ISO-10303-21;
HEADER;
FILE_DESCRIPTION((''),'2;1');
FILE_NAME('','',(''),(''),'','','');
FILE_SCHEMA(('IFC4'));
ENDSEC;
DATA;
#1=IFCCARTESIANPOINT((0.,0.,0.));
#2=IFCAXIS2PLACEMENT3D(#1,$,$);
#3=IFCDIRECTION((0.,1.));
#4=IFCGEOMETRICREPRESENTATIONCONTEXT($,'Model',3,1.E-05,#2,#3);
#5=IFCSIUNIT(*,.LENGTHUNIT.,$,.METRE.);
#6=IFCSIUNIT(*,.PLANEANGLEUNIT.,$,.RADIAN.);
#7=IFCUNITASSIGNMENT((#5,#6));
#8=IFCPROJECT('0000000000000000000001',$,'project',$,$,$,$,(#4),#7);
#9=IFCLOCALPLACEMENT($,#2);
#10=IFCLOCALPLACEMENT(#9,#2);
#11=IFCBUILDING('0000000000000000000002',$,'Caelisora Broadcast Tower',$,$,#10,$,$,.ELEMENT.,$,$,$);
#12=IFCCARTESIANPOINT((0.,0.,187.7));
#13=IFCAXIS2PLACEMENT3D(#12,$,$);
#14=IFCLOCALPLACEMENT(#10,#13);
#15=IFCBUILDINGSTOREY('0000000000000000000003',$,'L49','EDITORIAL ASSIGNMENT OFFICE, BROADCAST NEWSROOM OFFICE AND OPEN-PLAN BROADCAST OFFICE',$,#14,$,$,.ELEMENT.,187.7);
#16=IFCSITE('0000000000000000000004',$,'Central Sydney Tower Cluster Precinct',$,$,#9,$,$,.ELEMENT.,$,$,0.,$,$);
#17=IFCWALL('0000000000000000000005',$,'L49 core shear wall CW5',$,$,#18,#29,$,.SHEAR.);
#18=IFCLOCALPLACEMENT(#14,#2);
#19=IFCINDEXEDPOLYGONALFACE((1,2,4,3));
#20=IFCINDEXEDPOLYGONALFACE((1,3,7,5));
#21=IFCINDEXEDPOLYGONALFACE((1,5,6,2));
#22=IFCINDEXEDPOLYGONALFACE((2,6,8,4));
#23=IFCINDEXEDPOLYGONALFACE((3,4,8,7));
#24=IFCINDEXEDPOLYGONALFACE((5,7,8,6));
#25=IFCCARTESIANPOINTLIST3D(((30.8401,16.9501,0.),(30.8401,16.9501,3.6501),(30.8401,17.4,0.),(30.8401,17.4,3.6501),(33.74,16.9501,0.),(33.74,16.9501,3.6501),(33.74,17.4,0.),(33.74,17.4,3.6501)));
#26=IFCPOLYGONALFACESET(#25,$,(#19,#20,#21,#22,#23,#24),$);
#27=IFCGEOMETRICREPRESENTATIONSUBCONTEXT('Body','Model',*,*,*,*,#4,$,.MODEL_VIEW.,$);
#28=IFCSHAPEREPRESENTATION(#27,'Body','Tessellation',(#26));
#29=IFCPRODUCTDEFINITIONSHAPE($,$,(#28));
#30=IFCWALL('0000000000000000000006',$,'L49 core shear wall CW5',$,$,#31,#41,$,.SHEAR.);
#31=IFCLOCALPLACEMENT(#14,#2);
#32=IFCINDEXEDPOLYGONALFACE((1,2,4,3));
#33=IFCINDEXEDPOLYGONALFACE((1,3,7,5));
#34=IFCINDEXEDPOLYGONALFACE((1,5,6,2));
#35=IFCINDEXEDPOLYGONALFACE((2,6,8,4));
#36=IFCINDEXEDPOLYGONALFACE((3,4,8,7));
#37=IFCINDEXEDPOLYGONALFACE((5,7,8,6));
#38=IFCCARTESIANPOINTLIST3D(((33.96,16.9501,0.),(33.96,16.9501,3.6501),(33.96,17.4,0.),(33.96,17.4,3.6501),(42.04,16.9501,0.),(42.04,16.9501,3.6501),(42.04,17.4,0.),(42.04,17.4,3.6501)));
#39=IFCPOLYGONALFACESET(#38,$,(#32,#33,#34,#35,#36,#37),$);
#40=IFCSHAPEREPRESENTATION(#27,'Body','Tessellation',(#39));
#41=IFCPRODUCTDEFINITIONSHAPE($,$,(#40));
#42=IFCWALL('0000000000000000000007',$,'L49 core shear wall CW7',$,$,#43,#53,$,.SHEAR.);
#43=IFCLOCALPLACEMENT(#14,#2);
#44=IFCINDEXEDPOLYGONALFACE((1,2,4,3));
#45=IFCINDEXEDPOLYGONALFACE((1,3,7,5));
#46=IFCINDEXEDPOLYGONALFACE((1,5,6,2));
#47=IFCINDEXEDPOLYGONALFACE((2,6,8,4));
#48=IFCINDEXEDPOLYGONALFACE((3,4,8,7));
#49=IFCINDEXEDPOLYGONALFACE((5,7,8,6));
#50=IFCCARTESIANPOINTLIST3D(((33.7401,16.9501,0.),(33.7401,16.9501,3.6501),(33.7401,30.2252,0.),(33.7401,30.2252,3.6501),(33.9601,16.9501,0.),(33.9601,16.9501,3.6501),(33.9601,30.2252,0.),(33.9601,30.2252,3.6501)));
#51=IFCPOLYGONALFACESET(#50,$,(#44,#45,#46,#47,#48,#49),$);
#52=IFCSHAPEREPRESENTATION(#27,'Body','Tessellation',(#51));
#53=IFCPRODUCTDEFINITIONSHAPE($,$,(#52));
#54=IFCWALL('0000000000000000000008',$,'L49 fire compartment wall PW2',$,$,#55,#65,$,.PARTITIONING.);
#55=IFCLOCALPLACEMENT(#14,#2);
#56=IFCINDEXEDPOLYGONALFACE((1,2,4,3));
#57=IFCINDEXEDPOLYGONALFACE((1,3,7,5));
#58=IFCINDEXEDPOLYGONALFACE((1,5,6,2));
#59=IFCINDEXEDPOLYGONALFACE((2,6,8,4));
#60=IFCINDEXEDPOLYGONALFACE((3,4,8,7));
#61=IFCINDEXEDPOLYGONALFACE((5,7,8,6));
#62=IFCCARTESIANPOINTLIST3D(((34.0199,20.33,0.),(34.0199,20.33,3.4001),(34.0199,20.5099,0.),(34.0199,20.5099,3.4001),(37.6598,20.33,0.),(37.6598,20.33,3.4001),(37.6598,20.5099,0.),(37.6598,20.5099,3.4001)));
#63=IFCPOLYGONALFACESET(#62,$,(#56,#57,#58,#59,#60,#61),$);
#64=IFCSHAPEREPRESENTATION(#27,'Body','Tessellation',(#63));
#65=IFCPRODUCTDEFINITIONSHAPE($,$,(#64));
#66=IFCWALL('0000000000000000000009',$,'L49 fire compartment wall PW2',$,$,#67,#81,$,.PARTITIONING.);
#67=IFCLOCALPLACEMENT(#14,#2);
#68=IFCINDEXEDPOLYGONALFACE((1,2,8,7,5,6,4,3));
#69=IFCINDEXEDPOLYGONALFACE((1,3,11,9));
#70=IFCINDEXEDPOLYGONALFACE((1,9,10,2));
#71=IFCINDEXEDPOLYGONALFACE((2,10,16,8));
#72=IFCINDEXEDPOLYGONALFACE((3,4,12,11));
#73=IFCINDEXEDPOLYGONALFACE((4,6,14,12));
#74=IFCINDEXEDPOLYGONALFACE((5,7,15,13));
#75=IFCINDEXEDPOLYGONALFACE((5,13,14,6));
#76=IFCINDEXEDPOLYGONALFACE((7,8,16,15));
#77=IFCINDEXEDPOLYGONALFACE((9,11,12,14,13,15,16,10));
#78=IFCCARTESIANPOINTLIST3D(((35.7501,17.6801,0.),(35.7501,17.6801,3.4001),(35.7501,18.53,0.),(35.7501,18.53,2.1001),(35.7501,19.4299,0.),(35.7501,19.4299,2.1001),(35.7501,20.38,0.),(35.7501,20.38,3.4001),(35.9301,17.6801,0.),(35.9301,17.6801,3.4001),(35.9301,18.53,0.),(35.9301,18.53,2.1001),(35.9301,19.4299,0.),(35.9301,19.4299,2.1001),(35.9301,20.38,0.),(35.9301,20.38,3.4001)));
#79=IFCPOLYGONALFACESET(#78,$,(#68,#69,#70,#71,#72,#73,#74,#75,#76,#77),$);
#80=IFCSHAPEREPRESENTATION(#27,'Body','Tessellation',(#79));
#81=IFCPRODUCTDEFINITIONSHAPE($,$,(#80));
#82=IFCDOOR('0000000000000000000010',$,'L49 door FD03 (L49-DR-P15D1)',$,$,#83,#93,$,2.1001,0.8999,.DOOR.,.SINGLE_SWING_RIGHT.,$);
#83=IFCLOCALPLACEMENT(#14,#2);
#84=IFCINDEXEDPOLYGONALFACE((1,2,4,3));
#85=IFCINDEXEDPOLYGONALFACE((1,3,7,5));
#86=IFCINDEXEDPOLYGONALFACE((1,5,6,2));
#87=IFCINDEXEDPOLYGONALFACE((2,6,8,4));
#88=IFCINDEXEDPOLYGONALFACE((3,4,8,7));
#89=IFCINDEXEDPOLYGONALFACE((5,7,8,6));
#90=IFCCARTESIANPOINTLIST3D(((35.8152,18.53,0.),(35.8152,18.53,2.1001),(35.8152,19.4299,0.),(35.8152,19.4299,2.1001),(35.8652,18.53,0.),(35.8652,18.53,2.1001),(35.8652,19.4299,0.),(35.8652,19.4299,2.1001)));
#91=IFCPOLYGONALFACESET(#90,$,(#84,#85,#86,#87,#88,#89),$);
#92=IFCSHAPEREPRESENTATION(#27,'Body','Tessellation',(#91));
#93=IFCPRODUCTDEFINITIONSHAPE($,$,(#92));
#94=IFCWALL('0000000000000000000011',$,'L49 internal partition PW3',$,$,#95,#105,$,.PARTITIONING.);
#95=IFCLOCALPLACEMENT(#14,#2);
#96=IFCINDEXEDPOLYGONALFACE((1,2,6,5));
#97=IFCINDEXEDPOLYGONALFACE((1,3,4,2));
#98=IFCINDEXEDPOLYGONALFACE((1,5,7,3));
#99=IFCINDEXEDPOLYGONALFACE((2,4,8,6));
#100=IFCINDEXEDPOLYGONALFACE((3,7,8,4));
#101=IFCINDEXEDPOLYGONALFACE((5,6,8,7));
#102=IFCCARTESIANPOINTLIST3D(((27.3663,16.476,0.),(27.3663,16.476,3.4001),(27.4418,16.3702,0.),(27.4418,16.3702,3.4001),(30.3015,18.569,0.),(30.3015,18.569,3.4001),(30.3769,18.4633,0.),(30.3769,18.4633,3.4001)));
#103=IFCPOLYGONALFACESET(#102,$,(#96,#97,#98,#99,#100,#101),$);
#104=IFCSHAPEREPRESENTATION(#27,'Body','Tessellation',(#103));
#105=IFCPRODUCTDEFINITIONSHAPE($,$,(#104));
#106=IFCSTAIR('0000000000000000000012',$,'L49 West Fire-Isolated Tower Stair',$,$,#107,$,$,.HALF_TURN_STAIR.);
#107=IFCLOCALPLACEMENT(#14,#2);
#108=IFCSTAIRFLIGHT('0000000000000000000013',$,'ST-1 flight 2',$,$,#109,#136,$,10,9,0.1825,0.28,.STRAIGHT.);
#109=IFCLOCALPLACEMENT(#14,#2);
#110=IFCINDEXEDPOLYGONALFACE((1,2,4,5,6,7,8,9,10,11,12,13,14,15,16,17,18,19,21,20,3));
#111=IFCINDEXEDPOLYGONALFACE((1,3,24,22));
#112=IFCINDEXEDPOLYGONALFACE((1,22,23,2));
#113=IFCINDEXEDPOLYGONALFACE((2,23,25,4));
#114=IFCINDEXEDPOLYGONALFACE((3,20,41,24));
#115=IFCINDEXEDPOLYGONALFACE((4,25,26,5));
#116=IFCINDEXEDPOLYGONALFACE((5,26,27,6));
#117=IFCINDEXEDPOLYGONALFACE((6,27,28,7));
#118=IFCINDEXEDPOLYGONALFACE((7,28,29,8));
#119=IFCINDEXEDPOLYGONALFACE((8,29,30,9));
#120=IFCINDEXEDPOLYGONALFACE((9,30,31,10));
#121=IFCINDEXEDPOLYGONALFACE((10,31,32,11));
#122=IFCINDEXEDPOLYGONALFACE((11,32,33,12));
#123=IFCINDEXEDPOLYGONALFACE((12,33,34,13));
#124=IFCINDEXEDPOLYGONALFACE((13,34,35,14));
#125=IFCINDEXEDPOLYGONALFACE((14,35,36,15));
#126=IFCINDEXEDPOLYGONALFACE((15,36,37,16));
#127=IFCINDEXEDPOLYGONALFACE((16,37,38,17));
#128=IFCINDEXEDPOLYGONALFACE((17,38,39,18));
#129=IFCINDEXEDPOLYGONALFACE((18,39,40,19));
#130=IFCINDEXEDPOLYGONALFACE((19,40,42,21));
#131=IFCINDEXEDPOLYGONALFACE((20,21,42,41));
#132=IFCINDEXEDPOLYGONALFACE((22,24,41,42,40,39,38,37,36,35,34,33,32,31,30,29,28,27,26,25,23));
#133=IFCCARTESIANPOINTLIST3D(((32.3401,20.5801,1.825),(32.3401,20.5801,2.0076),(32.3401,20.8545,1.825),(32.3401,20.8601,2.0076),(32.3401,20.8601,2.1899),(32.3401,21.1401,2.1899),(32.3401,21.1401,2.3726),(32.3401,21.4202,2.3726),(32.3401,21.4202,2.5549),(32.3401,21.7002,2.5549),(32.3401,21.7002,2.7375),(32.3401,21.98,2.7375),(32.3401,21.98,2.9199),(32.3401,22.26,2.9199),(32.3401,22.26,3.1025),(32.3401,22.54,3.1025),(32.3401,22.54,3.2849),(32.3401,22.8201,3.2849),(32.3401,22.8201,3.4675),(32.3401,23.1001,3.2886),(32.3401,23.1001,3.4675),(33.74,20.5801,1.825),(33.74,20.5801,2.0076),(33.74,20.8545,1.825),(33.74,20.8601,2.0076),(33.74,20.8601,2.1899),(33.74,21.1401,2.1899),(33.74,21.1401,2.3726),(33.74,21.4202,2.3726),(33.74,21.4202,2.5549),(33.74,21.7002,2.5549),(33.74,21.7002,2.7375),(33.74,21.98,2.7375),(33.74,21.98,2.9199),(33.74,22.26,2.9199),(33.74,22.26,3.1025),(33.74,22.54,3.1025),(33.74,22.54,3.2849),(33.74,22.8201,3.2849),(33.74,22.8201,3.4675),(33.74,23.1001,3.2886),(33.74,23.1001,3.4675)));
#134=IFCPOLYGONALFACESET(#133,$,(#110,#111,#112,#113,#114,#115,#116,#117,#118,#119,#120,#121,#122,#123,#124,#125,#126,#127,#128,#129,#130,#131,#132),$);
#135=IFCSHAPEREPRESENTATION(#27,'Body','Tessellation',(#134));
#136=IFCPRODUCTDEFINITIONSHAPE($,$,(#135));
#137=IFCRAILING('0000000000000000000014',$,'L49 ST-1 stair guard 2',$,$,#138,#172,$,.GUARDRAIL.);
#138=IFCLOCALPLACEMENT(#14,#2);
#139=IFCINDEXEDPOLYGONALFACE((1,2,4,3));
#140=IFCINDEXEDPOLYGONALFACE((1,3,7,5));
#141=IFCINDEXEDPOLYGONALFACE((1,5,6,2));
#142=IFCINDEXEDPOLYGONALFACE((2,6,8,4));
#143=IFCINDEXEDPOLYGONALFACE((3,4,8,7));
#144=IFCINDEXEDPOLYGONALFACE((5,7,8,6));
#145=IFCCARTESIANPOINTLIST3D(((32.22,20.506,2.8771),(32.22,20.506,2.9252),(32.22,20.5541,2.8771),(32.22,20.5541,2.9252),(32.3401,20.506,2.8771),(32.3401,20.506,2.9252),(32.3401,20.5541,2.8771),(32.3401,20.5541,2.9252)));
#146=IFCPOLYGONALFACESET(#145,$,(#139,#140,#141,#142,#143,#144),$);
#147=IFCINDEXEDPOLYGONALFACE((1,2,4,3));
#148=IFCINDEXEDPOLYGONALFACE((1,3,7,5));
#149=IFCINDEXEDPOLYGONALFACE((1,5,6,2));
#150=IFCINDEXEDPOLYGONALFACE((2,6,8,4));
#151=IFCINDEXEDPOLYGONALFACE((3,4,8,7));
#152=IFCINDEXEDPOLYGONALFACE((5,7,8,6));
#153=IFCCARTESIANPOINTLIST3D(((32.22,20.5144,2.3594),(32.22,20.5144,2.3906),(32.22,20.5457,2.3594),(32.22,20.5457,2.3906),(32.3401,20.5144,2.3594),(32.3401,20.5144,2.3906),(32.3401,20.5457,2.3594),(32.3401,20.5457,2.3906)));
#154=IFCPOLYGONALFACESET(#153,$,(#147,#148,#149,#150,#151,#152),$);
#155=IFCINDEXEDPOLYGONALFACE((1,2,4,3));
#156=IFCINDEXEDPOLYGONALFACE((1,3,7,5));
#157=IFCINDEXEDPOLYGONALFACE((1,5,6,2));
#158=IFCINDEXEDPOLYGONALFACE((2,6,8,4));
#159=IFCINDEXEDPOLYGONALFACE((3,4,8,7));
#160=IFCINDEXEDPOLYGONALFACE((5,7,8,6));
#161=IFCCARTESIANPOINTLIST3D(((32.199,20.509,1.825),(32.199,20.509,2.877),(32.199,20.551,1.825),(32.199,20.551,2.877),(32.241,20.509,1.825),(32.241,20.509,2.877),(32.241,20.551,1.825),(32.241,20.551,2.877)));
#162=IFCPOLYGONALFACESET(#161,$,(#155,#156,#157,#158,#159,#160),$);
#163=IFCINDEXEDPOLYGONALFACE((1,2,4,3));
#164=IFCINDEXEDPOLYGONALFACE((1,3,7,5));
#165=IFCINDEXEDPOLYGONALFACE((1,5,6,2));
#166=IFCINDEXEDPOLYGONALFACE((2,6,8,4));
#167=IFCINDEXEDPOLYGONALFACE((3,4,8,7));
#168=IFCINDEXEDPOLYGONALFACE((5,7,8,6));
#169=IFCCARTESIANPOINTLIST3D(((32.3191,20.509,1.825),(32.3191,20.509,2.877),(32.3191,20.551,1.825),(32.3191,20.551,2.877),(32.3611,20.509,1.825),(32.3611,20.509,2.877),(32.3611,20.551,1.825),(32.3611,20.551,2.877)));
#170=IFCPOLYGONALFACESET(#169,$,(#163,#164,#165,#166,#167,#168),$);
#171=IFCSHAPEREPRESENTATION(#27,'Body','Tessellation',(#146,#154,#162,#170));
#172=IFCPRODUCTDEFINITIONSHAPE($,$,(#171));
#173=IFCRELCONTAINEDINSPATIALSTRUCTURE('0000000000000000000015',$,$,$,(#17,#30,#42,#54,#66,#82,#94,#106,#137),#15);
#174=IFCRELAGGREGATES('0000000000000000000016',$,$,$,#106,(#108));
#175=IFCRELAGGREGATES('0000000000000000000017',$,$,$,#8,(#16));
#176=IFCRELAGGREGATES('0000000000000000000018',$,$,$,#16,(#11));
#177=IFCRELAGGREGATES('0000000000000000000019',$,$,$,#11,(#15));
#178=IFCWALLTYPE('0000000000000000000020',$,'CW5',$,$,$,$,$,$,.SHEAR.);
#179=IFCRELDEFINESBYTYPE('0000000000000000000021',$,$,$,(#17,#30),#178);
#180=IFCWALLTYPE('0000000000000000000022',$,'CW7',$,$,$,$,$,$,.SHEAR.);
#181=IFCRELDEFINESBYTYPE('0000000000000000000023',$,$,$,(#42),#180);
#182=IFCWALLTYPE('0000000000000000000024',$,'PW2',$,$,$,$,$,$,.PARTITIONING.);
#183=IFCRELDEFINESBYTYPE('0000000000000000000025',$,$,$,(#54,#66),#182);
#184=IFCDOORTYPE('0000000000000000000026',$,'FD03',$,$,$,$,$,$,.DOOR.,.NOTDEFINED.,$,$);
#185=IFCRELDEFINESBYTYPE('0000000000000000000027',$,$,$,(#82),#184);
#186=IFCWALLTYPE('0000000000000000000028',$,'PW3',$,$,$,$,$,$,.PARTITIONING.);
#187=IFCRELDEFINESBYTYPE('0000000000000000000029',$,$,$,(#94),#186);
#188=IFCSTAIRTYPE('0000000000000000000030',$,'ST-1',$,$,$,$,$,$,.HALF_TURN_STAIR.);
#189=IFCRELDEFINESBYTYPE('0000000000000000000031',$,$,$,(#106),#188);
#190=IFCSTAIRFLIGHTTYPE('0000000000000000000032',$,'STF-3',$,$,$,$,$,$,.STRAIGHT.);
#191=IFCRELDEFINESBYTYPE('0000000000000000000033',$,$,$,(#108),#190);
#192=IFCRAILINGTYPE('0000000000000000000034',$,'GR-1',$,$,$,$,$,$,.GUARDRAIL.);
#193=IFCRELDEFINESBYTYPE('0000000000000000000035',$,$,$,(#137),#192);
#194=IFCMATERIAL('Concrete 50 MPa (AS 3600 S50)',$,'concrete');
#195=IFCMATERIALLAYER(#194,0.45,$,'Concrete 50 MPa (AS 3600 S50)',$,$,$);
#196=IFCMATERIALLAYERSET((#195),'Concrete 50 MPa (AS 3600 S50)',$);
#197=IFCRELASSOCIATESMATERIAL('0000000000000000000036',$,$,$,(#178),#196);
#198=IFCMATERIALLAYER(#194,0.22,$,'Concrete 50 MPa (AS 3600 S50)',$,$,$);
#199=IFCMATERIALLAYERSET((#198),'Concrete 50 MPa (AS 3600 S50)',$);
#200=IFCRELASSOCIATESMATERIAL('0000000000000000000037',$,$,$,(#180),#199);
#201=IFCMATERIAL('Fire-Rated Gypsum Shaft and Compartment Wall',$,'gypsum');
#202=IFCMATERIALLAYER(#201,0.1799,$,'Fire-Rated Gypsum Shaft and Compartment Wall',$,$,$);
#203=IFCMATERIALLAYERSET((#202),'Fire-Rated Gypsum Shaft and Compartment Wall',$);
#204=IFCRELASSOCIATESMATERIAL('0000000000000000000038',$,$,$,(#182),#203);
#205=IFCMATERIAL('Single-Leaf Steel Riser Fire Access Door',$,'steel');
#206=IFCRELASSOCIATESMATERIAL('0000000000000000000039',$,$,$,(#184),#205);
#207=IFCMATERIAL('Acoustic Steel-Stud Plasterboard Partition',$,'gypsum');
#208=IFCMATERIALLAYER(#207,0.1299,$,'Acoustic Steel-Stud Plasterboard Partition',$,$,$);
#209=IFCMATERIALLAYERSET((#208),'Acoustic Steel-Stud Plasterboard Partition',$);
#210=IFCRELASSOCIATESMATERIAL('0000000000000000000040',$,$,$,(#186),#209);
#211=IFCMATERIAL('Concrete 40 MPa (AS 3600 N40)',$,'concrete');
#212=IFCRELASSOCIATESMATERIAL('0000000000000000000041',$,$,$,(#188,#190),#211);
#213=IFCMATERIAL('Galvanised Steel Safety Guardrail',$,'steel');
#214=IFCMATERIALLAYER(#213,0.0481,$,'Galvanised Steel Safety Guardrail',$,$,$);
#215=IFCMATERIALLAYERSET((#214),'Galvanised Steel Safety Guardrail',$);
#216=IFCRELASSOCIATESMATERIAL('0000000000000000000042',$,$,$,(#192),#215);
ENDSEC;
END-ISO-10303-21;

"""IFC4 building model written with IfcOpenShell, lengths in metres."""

from ifc_helpers import new_model, si_unit, direction, frame, frame_2d, origin, origin_2d, place, context, subcontext, project, spatial, polyline, rectangle, outline, extrude, material, layer, layer_set, type_object, element, fill, aggregate, save


model = new_model("IFC4")

# Units and contexts
model_context = context("Model", 3, precision=1e-05, world=origin(), true_north=direction((0.0, 1.0)))
body_context = subcontext(model_context, "Body", "Model", "MODEL_VIEW")
ifc_project = project(units=[si_unit("LENGTHUNIT", "METRE"), si_unit("PLANEANGLEUNIT", "RADIAN")], contexts=[model_context])

# Site, building, storey
site_placement = place(None, origin())
site = spatial("IfcSite", under=ifc_project, at=site_placement, Name="Central Sydney Tower Cluster Precinct", CompositionType="ELEMENT", RefElevation=0.0)
building_placement = place(site_placement, origin())
building = spatial("IfcBuilding", under=site, at=building_placement, Name="Caelisora Broadcast Tower", CompositionType="ELEMENT")
storey_placement = place(building_placement, frame((0.0, 0.0, 187.7)))
storey = spatial("IfcBuildingStorey", under=building, at=storey_placement, Name="L49", Description="EDITORIAL ASSIGNMENT OFFICE, BROADCAST NEWSROOM OFFICE AND OPEN-PLAN BROADCAST OFFICE", CompositionType="ELEMENT", Elevation=187.7)

# Shared definitions
ifc_material_1 = material(Name="Concrete 50 MPa (AS 3600 S50)", Category="concrete")

# Walls
ifc_layer_1 = layer(ifc_material_1, 0.45, Name="Concrete 50 MPa (AS 3600 S50)")
ifc_layer_set_1 = layer_set([ifc_layer_1], Name="Concrete 50 MPa (AS 3600 S50)")
wall_type_1 = type_object("IfcWallType", Name="CW5", PredefinedType="SHEAR", material=ifc_layer_set_1)
wall_1_placement = place(storey_placement, frame((30.8401, 17.175, 0.0), z_axis=(0.0, 0.0, 1.0), x_axis=(1.0, 0.0, 0.0)))
element("IfcWall", 1, at=wall_1_placement, inside=storey, type_object=wall_type_1, Name="L49 core shear wall CW5", PredefinedType="SHEAR", context=body_context, shape_type="SweptSolid", body=[
    extrude(rectangle(XDim=2.8999, YDim=0.45, at=frame_2d((1.45, 0.0))), origin(), (0.0, 0.0, 1.0), 3.6501),
])
wall_2_placement = place(storey_placement, frame((33.96, 17.175, 0.0), z_axis=(0.0, 0.0, 1.0), x_axis=(1.0, 0.0, 0.0)))
element("IfcWall", 2, at=wall_2_placement, inside=storey, type_object=wall_type_1, Name="L49 core shear wall CW5", PredefinedType="SHEAR", context=body_context, shape_type="SweptSolid", body=[
    extrude(rectangle(XDim=8.0801, YDim=0.45, at=frame_2d((4.04, 0.0))), origin(), (0.0, 0.0, 1.0), 3.6501),
])
ifc_layer_2 = layer(ifc_material_1, 0.22, Name="Concrete 50 MPa (AS 3600 S50)")
ifc_layer_set_2 = layer_set([ifc_layer_2], Name="Concrete 50 MPa (AS 3600 S50)")
wall_type_2 = type_object("IfcWallType", Name="CW7", PredefinedType="SHEAR", material=ifc_layer_set_2)
wall_3_placement = place(storey_placement, frame((33.8501, 16.95, 0.0), z_axis=(0.0, 0.0, 1.0), x_axis=(0.0, 1.0, 0.0)))
element("IfcWall", 3, at=wall_3_placement, inside=storey, type_object=wall_type_2, Name="L49 core shear wall CW7", PredefinedType="SHEAR", context=body_context, shape_type="SweptSolid", body=[
    extrude(rectangle(XDim=13.2751, YDim=0.22, at=frame_2d((6.6377, 0.0))), origin(), (0.0, 0.0, 1.0), 3.6501),
])
ifc_material_2 = material(Name="Fire-Rated Gypsum Shaft and Compartment Wall", Category="gypsum")
ifc_layer_3 = layer(ifc_material_2, 0.1799, Name="Fire-Rated Gypsum Shaft and Compartment Wall")
ifc_layer_set_3 = layer_set([ifc_layer_3], Name="Fire-Rated Gypsum Shaft and Compartment Wall")
wall_type_3 = type_object("IfcWallType", Name="PW2", PredefinedType="PARTITIONING", material=ifc_layer_set_3)
wall_4_placement = place(storey_placement, frame((34.02, 20.4199, 0.0), z_axis=(0.0, 0.0, 1.0), x_axis=(1.0, 0.0, 0.0)))
element("IfcWall", 4, at=wall_4_placement, inside=storey, type_object=wall_type_3, Name="L49 fire compartment wall PW2", PredefinedType="PARTITIONING", context=body_context, shape_type="SweptSolid", body=[
    extrude(rectangle(XDim=3.6399, YDim=0.1799, at=frame_2d((1.8198, 0.0))), origin(), (0.0, 0.0, 1.0), 3.4001),
])

# Wall, opening, door
wall_5_placement = place(storey_placement, frame((35.8401, 17.6799, 0.0), z_axis=(0.0, 0.0, 1.0), x_axis=(0.0, 1.0, 0.0)))
wall_5 = element("IfcWall", 5, at=wall_5_placement, inside=storey, type_object=wall_type_3, Name="L49 fire compartment wall PW2", PredefinedType="PARTITIONING", context=body_context, shape_type="SweptSolid", body=[
    extrude(rectangle(XDim=2.7, YDim=0.1799, at=frame_2d((1.3501, 0.0))), origin(), (0.0, 0.0, 1.0), 3.4001),
])
opening_1_placement = place(wall_5_placement, frame((0.8501, 0.0, 0.0)))
opening_1 = element("IfcOpeningElement", 6, at=opening_1_placement, cuts=wall_5, PredefinedType="OPENING", context=body_context, shape_type="SweptSolid", body=[
    extrude(rectangle(XDim=0.8999, YDim=2.1001, at=frame_2d((0.45, 1.05))), frame((0.0, 0.1021, 0.0), z_axis=(0.0, -1.0, 0.0), x_axis=(1.0, 0.0, 0.0)), (0.0, 0.0, 1.0), 0.2039),
])
ifc_material_3 = material(Name="Single-Leaf Steel Riser Fire Access Door", Category="steel")
door_type_1 = type_object("IfcDoorType", Name="FD03", OperationType="NOTDEFINED", PredefinedType="DOOR", material=ifc_material_3)
door_1_placement = place(opening_1_placement, origin())
door_1 = element("IfcDoor", 7, at=door_1_placement, inside=storey, type_object=door_type_1, Name="L49 door FD03 (L49-DR-P15D1)", OperationType="SINGLE_SWING_RIGHT", OverallHeight=2.1001, OverallWidth=0.8999, PredefinedType="DOOR", context=body_context, shape_type="SweptSolid", body=[
    extrude(rectangle(XDim=0.8999, YDim=2.1001, at=frame_2d((0.45, 1.05))), frame((0.0, 0.0249, 0.0), z_axis=(0.0, -1.0, 0.0), x_axis=(1.0, 0.0, 0.0)), (0.0, 0.0, 1.0), 0.05),
])
fill(opening_1, door_1)

# Wall
ifc_material_4 = material(Name="Acoustic Steel-Stud Plasterboard Partition", Category="gypsum")
ifc_layer_4 = layer(ifc_material_4, 0.1299, Name="Acoustic Steel-Stud Plasterboard Partition")
ifc_layer_set_4 = layer_set([ifc_layer_4], Name="Acoustic Steel-Stud Plasterboard Partition")
wall_type_4 = type_object("IfcWallType", Name="PW3", PredefinedType="PARTITIONING", material=ifc_layer_set_4)
wall_6_placement = place(storey_placement, frame((27.4041, 16.4231, 0.0), z_axis=(0.0, 0.0, 1.0), x_axis=(0.814186, 0.580604, 0.0)))
element("IfcWall", 8, at=wall_6_placement, inside=storey, type_object=wall_type_4, Name="L49 internal partition PW3", PredefinedType="PARTITIONING", context=body_context, shape_type="SweptSolid", body=[
    extrude(rectangle(XDim=3.605, YDim=0.1299, at=frame_2d((1.8025, 0.0))), origin(), (0.0, 0.0, 1.0), 3.4001),
])

# Stair, stair flight
ifc_material_5 = material(Name="Concrete 40 MPa (AS 3600 N40)", Category="concrete")
stair_type = type_object("IfcStairType", Name="ST-1", PredefinedType="HALF_TURN_STAIR", material=ifc_material_5)
stair_placement = place(storey_placement, origin())
stair = element("IfcStair", 9, at=stair_placement, inside=storey, type_object=stair_type, Name="L49 West Fire-Isolated Tower Stair", PredefinedType="HALF_TURN_STAIR")
stair_flight_type = type_object("IfcStairFlightType", Name="STF-3", PredefinedType="STRAIGHT", material=ifc_material_5)
stair_flight_placement = place(storey_placement, frame((33.04, 20.5801, 1.825), z_axis=(0.0, 0.0, 1.0), x_axis=(0.0, 1.0, 0.0)))
stair_flight = element("IfcStairFlight", 10, at=stair_flight_placement, type_object=stair_flight_type, Name="ST-1 flight 2", NumberOfRisers=10, NumberOfTreads=9, PredefinedType="STRAIGHT", RiserHeight=0.1825, TreadLength=0.28, context=body_context, shape_type="SweptSolid", body=[
    extrude(outline(polyline([(0.0, 0.0), (0.0, 0.1826), (0.28, 0.1826), (0.28, 0.365), (0.5601, 0.365), (0.5601, 0.5476), (0.8401, 0.5476), (0.8401, 0.73), (1.1201, 0.73), (1.1201, 0.9126), (1.3999, 0.9126), (1.3999, 1.095), (1.6799, 1.095), (1.6799, 1.2776), (1.96, 1.2776), (1.96, 1.46), (2.24, 1.46), (2.24, 1.6426), (2.52, 1.6426), (2.52, 1.825), (2.52, 1.4636), (0.2744, 0.0), (0.0, 0.0)])), frame((0.0, 0.7, 0.0), z_axis=(0.0, -1.0, 0.0), x_axis=(1.0, 0.0, 0.0)), (0.0, 0.0, 1.0), 1.3999),
])
aggregate(stair, [stair_flight])

# Railing
ifc_material_6 = material(Name="Galvanised Steel Safety Guardrail", Category="steel")
ifc_layer_5 = layer(ifc_material_6, 0.0481, Name="Galvanised Steel Safety Guardrail")
ifc_layer_set_5 = layer_set([ifc_layer_5], Name="Galvanised Steel Safety Guardrail")
railing_type_1 = type_object("IfcRailingType", Name="GR-1", PredefinedType="GUARDRAIL", material=ifc_layer_set_5)
railing_1_placement = place(storey_placement, frame((32.22, 20.53, 1.825)))
element("IfcRailing", 11, at=railing_1_placement, inside=storey, type_object=railing_type_1, Name="L49 ST-1 stair guard 2", PredefinedType="GUARDRAIL", context=body_context, shape_type="SweptSolid", body=[
    extrude(rectangle(XDim=0.0481, YDim=0.0481, at=origin_2d()), frame((0.0, 0.0, 1.0762), z_axis=(1.0, 0.0, 0.0), x_axis=(0.0, 1.0, 0.0)), (0.0, 0.0, 1.0), 0.1201),
    extrude(rectangle(XDim=0.0312, YDim=0.0312, at=origin_2d()), frame((0.0, 0.0, 0.55), z_axis=(1.0, 0.0, 0.0), x_axis=(0.0, 1.0, 0.0)), (0.0, 0.0, 1.0), 0.1201),
    extrude(rectangle(XDim=0.042, YDim=0.042, at=origin_2d()), origin(), (0.0, 0.0, 1.0), 1.052),
    extrude(rectangle(XDim=0.042, YDim=0.042, at=origin_2d()), frame((0.1201, 0.0, 0.0)), (0.0, 0.0, 1.0), 1.052),
])

save(model, "model.ifc")
